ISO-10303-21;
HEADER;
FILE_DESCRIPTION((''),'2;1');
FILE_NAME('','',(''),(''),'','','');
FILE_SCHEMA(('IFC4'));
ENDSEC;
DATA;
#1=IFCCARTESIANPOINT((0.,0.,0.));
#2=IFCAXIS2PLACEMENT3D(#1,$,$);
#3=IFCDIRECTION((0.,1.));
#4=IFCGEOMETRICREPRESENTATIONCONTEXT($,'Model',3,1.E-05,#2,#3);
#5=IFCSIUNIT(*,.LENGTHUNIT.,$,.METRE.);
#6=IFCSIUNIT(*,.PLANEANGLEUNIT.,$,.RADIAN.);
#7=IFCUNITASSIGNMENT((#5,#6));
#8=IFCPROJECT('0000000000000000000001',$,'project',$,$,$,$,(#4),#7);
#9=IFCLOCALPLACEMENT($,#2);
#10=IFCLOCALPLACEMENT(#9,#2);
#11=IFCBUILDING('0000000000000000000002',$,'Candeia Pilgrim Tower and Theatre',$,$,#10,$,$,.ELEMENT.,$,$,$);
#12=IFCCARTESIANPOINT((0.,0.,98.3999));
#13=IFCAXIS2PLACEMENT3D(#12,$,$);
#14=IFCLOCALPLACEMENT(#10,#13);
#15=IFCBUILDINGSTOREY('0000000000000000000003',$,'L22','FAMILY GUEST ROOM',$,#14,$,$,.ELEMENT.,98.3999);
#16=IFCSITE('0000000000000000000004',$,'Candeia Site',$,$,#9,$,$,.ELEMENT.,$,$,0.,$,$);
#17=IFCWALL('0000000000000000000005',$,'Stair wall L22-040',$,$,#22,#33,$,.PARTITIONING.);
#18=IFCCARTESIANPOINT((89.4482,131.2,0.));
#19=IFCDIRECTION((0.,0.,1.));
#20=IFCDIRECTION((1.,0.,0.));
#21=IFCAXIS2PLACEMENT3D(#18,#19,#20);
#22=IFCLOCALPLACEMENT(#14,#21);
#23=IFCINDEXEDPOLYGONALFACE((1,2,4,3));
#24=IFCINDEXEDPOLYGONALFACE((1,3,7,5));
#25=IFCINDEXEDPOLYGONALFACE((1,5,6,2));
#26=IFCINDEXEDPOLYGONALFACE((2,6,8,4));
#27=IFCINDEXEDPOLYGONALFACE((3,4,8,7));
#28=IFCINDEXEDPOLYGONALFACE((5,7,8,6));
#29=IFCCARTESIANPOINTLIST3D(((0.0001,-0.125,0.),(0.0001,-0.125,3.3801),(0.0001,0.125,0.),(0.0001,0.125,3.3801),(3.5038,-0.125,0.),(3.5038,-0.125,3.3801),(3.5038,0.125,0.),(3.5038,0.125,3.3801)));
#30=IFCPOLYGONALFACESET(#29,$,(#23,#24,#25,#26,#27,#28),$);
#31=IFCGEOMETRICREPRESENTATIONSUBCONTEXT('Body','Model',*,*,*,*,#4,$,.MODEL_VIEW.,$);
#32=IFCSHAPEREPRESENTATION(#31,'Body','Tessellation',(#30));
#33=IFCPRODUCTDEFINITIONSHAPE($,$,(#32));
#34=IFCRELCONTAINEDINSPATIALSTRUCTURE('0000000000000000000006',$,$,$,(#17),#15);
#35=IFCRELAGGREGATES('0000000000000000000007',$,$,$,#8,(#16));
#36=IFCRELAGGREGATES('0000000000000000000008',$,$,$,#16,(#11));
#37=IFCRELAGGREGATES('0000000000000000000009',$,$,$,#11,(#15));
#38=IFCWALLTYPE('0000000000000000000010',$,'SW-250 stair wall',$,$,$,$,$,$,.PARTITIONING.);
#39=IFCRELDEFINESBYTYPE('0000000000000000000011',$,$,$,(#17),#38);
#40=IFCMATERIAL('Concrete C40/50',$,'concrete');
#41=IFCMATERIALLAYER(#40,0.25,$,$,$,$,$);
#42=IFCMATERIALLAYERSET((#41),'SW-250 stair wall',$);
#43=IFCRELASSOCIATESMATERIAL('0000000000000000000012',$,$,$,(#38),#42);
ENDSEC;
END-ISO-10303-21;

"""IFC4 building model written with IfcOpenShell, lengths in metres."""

from ifc_helpers import new_model, si_unit, direction, frame, frame_2d, origin, place, context, subcontext, project, spatial, rectangle, extrude, material, layer, layer_set, type_object, element, save


model = new_model("IFC4")

# Units and contexts
model_context = context("Model", 3, precision=1e-05, world=origin(), true_north=direction((0.0, 1.0)))
body_context = subcontext(model_context, "Body", "Model", "MODEL_VIEW")
ifc_project = project(units=[si_unit("LENGTHUNIT", "METRE"), si_unit("PLANEANGLEUNIT", "RADIAN")], contexts=[model_context])

# Site, building, storey
site_placement = place(None, origin())
site = spatial("IfcSite", under=ifc_project, at=site_placement, Name="Candeia Site", CompositionType="ELEMENT", RefElevation=0.0)
building_placement = place(site_placement, origin())
building = spatial("IfcBuilding", under=site, at=building_placement, Name="Candeia Pilgrim Tower and Theatre", CompositionType="ELEMENT")
storey_placement = place(building_placement, frame((0.0, 0.0, 98.3999)))
storey = spatial("IfcBuildingStorey", under=building, at=storey_placement, Name="L22", Description="FAMILY GUEST ROOM", CompositionType="ELEMENT", Elevation=98.3999)

# Wall
ifc_material_1 = material(Name="Concrete C40/50", Category="concrete")
ifc_layer_1 = layer(ifc_material_1, 0.25)
ifc_layer_set_1 = layer_set([ifc_layer_1], Name="SW-250 stair wall")
wall_type_1 = type_object("IfcWallType", Name="SW-250 stair wall", PredefinedType="PARTITIONING", material=ifc_layer_set_1)
wall_1_placement = place(storey_placement, frame((89.4482, 131.2, 0.0), z_axis=(0.0, 0.0, 1.0), x_axis=(1.0, 0.0, 0.0)))
element("IfcWall", 1, at=wall_1_placement, inside=storey, type_object=wall_type_1, Name="Stair wall L22-040", PredefinedType="PARTITIONING", context=body_context, shape_type="SweptSolid", body=[
    extrude(rectangle(XDim=3.5037, YDim=0.25, at=frame_2d((1.752, 0.0))), origin(), (0.0, 0.0, 1.0), 3.3801),
])

save(model, "model.ifc")
